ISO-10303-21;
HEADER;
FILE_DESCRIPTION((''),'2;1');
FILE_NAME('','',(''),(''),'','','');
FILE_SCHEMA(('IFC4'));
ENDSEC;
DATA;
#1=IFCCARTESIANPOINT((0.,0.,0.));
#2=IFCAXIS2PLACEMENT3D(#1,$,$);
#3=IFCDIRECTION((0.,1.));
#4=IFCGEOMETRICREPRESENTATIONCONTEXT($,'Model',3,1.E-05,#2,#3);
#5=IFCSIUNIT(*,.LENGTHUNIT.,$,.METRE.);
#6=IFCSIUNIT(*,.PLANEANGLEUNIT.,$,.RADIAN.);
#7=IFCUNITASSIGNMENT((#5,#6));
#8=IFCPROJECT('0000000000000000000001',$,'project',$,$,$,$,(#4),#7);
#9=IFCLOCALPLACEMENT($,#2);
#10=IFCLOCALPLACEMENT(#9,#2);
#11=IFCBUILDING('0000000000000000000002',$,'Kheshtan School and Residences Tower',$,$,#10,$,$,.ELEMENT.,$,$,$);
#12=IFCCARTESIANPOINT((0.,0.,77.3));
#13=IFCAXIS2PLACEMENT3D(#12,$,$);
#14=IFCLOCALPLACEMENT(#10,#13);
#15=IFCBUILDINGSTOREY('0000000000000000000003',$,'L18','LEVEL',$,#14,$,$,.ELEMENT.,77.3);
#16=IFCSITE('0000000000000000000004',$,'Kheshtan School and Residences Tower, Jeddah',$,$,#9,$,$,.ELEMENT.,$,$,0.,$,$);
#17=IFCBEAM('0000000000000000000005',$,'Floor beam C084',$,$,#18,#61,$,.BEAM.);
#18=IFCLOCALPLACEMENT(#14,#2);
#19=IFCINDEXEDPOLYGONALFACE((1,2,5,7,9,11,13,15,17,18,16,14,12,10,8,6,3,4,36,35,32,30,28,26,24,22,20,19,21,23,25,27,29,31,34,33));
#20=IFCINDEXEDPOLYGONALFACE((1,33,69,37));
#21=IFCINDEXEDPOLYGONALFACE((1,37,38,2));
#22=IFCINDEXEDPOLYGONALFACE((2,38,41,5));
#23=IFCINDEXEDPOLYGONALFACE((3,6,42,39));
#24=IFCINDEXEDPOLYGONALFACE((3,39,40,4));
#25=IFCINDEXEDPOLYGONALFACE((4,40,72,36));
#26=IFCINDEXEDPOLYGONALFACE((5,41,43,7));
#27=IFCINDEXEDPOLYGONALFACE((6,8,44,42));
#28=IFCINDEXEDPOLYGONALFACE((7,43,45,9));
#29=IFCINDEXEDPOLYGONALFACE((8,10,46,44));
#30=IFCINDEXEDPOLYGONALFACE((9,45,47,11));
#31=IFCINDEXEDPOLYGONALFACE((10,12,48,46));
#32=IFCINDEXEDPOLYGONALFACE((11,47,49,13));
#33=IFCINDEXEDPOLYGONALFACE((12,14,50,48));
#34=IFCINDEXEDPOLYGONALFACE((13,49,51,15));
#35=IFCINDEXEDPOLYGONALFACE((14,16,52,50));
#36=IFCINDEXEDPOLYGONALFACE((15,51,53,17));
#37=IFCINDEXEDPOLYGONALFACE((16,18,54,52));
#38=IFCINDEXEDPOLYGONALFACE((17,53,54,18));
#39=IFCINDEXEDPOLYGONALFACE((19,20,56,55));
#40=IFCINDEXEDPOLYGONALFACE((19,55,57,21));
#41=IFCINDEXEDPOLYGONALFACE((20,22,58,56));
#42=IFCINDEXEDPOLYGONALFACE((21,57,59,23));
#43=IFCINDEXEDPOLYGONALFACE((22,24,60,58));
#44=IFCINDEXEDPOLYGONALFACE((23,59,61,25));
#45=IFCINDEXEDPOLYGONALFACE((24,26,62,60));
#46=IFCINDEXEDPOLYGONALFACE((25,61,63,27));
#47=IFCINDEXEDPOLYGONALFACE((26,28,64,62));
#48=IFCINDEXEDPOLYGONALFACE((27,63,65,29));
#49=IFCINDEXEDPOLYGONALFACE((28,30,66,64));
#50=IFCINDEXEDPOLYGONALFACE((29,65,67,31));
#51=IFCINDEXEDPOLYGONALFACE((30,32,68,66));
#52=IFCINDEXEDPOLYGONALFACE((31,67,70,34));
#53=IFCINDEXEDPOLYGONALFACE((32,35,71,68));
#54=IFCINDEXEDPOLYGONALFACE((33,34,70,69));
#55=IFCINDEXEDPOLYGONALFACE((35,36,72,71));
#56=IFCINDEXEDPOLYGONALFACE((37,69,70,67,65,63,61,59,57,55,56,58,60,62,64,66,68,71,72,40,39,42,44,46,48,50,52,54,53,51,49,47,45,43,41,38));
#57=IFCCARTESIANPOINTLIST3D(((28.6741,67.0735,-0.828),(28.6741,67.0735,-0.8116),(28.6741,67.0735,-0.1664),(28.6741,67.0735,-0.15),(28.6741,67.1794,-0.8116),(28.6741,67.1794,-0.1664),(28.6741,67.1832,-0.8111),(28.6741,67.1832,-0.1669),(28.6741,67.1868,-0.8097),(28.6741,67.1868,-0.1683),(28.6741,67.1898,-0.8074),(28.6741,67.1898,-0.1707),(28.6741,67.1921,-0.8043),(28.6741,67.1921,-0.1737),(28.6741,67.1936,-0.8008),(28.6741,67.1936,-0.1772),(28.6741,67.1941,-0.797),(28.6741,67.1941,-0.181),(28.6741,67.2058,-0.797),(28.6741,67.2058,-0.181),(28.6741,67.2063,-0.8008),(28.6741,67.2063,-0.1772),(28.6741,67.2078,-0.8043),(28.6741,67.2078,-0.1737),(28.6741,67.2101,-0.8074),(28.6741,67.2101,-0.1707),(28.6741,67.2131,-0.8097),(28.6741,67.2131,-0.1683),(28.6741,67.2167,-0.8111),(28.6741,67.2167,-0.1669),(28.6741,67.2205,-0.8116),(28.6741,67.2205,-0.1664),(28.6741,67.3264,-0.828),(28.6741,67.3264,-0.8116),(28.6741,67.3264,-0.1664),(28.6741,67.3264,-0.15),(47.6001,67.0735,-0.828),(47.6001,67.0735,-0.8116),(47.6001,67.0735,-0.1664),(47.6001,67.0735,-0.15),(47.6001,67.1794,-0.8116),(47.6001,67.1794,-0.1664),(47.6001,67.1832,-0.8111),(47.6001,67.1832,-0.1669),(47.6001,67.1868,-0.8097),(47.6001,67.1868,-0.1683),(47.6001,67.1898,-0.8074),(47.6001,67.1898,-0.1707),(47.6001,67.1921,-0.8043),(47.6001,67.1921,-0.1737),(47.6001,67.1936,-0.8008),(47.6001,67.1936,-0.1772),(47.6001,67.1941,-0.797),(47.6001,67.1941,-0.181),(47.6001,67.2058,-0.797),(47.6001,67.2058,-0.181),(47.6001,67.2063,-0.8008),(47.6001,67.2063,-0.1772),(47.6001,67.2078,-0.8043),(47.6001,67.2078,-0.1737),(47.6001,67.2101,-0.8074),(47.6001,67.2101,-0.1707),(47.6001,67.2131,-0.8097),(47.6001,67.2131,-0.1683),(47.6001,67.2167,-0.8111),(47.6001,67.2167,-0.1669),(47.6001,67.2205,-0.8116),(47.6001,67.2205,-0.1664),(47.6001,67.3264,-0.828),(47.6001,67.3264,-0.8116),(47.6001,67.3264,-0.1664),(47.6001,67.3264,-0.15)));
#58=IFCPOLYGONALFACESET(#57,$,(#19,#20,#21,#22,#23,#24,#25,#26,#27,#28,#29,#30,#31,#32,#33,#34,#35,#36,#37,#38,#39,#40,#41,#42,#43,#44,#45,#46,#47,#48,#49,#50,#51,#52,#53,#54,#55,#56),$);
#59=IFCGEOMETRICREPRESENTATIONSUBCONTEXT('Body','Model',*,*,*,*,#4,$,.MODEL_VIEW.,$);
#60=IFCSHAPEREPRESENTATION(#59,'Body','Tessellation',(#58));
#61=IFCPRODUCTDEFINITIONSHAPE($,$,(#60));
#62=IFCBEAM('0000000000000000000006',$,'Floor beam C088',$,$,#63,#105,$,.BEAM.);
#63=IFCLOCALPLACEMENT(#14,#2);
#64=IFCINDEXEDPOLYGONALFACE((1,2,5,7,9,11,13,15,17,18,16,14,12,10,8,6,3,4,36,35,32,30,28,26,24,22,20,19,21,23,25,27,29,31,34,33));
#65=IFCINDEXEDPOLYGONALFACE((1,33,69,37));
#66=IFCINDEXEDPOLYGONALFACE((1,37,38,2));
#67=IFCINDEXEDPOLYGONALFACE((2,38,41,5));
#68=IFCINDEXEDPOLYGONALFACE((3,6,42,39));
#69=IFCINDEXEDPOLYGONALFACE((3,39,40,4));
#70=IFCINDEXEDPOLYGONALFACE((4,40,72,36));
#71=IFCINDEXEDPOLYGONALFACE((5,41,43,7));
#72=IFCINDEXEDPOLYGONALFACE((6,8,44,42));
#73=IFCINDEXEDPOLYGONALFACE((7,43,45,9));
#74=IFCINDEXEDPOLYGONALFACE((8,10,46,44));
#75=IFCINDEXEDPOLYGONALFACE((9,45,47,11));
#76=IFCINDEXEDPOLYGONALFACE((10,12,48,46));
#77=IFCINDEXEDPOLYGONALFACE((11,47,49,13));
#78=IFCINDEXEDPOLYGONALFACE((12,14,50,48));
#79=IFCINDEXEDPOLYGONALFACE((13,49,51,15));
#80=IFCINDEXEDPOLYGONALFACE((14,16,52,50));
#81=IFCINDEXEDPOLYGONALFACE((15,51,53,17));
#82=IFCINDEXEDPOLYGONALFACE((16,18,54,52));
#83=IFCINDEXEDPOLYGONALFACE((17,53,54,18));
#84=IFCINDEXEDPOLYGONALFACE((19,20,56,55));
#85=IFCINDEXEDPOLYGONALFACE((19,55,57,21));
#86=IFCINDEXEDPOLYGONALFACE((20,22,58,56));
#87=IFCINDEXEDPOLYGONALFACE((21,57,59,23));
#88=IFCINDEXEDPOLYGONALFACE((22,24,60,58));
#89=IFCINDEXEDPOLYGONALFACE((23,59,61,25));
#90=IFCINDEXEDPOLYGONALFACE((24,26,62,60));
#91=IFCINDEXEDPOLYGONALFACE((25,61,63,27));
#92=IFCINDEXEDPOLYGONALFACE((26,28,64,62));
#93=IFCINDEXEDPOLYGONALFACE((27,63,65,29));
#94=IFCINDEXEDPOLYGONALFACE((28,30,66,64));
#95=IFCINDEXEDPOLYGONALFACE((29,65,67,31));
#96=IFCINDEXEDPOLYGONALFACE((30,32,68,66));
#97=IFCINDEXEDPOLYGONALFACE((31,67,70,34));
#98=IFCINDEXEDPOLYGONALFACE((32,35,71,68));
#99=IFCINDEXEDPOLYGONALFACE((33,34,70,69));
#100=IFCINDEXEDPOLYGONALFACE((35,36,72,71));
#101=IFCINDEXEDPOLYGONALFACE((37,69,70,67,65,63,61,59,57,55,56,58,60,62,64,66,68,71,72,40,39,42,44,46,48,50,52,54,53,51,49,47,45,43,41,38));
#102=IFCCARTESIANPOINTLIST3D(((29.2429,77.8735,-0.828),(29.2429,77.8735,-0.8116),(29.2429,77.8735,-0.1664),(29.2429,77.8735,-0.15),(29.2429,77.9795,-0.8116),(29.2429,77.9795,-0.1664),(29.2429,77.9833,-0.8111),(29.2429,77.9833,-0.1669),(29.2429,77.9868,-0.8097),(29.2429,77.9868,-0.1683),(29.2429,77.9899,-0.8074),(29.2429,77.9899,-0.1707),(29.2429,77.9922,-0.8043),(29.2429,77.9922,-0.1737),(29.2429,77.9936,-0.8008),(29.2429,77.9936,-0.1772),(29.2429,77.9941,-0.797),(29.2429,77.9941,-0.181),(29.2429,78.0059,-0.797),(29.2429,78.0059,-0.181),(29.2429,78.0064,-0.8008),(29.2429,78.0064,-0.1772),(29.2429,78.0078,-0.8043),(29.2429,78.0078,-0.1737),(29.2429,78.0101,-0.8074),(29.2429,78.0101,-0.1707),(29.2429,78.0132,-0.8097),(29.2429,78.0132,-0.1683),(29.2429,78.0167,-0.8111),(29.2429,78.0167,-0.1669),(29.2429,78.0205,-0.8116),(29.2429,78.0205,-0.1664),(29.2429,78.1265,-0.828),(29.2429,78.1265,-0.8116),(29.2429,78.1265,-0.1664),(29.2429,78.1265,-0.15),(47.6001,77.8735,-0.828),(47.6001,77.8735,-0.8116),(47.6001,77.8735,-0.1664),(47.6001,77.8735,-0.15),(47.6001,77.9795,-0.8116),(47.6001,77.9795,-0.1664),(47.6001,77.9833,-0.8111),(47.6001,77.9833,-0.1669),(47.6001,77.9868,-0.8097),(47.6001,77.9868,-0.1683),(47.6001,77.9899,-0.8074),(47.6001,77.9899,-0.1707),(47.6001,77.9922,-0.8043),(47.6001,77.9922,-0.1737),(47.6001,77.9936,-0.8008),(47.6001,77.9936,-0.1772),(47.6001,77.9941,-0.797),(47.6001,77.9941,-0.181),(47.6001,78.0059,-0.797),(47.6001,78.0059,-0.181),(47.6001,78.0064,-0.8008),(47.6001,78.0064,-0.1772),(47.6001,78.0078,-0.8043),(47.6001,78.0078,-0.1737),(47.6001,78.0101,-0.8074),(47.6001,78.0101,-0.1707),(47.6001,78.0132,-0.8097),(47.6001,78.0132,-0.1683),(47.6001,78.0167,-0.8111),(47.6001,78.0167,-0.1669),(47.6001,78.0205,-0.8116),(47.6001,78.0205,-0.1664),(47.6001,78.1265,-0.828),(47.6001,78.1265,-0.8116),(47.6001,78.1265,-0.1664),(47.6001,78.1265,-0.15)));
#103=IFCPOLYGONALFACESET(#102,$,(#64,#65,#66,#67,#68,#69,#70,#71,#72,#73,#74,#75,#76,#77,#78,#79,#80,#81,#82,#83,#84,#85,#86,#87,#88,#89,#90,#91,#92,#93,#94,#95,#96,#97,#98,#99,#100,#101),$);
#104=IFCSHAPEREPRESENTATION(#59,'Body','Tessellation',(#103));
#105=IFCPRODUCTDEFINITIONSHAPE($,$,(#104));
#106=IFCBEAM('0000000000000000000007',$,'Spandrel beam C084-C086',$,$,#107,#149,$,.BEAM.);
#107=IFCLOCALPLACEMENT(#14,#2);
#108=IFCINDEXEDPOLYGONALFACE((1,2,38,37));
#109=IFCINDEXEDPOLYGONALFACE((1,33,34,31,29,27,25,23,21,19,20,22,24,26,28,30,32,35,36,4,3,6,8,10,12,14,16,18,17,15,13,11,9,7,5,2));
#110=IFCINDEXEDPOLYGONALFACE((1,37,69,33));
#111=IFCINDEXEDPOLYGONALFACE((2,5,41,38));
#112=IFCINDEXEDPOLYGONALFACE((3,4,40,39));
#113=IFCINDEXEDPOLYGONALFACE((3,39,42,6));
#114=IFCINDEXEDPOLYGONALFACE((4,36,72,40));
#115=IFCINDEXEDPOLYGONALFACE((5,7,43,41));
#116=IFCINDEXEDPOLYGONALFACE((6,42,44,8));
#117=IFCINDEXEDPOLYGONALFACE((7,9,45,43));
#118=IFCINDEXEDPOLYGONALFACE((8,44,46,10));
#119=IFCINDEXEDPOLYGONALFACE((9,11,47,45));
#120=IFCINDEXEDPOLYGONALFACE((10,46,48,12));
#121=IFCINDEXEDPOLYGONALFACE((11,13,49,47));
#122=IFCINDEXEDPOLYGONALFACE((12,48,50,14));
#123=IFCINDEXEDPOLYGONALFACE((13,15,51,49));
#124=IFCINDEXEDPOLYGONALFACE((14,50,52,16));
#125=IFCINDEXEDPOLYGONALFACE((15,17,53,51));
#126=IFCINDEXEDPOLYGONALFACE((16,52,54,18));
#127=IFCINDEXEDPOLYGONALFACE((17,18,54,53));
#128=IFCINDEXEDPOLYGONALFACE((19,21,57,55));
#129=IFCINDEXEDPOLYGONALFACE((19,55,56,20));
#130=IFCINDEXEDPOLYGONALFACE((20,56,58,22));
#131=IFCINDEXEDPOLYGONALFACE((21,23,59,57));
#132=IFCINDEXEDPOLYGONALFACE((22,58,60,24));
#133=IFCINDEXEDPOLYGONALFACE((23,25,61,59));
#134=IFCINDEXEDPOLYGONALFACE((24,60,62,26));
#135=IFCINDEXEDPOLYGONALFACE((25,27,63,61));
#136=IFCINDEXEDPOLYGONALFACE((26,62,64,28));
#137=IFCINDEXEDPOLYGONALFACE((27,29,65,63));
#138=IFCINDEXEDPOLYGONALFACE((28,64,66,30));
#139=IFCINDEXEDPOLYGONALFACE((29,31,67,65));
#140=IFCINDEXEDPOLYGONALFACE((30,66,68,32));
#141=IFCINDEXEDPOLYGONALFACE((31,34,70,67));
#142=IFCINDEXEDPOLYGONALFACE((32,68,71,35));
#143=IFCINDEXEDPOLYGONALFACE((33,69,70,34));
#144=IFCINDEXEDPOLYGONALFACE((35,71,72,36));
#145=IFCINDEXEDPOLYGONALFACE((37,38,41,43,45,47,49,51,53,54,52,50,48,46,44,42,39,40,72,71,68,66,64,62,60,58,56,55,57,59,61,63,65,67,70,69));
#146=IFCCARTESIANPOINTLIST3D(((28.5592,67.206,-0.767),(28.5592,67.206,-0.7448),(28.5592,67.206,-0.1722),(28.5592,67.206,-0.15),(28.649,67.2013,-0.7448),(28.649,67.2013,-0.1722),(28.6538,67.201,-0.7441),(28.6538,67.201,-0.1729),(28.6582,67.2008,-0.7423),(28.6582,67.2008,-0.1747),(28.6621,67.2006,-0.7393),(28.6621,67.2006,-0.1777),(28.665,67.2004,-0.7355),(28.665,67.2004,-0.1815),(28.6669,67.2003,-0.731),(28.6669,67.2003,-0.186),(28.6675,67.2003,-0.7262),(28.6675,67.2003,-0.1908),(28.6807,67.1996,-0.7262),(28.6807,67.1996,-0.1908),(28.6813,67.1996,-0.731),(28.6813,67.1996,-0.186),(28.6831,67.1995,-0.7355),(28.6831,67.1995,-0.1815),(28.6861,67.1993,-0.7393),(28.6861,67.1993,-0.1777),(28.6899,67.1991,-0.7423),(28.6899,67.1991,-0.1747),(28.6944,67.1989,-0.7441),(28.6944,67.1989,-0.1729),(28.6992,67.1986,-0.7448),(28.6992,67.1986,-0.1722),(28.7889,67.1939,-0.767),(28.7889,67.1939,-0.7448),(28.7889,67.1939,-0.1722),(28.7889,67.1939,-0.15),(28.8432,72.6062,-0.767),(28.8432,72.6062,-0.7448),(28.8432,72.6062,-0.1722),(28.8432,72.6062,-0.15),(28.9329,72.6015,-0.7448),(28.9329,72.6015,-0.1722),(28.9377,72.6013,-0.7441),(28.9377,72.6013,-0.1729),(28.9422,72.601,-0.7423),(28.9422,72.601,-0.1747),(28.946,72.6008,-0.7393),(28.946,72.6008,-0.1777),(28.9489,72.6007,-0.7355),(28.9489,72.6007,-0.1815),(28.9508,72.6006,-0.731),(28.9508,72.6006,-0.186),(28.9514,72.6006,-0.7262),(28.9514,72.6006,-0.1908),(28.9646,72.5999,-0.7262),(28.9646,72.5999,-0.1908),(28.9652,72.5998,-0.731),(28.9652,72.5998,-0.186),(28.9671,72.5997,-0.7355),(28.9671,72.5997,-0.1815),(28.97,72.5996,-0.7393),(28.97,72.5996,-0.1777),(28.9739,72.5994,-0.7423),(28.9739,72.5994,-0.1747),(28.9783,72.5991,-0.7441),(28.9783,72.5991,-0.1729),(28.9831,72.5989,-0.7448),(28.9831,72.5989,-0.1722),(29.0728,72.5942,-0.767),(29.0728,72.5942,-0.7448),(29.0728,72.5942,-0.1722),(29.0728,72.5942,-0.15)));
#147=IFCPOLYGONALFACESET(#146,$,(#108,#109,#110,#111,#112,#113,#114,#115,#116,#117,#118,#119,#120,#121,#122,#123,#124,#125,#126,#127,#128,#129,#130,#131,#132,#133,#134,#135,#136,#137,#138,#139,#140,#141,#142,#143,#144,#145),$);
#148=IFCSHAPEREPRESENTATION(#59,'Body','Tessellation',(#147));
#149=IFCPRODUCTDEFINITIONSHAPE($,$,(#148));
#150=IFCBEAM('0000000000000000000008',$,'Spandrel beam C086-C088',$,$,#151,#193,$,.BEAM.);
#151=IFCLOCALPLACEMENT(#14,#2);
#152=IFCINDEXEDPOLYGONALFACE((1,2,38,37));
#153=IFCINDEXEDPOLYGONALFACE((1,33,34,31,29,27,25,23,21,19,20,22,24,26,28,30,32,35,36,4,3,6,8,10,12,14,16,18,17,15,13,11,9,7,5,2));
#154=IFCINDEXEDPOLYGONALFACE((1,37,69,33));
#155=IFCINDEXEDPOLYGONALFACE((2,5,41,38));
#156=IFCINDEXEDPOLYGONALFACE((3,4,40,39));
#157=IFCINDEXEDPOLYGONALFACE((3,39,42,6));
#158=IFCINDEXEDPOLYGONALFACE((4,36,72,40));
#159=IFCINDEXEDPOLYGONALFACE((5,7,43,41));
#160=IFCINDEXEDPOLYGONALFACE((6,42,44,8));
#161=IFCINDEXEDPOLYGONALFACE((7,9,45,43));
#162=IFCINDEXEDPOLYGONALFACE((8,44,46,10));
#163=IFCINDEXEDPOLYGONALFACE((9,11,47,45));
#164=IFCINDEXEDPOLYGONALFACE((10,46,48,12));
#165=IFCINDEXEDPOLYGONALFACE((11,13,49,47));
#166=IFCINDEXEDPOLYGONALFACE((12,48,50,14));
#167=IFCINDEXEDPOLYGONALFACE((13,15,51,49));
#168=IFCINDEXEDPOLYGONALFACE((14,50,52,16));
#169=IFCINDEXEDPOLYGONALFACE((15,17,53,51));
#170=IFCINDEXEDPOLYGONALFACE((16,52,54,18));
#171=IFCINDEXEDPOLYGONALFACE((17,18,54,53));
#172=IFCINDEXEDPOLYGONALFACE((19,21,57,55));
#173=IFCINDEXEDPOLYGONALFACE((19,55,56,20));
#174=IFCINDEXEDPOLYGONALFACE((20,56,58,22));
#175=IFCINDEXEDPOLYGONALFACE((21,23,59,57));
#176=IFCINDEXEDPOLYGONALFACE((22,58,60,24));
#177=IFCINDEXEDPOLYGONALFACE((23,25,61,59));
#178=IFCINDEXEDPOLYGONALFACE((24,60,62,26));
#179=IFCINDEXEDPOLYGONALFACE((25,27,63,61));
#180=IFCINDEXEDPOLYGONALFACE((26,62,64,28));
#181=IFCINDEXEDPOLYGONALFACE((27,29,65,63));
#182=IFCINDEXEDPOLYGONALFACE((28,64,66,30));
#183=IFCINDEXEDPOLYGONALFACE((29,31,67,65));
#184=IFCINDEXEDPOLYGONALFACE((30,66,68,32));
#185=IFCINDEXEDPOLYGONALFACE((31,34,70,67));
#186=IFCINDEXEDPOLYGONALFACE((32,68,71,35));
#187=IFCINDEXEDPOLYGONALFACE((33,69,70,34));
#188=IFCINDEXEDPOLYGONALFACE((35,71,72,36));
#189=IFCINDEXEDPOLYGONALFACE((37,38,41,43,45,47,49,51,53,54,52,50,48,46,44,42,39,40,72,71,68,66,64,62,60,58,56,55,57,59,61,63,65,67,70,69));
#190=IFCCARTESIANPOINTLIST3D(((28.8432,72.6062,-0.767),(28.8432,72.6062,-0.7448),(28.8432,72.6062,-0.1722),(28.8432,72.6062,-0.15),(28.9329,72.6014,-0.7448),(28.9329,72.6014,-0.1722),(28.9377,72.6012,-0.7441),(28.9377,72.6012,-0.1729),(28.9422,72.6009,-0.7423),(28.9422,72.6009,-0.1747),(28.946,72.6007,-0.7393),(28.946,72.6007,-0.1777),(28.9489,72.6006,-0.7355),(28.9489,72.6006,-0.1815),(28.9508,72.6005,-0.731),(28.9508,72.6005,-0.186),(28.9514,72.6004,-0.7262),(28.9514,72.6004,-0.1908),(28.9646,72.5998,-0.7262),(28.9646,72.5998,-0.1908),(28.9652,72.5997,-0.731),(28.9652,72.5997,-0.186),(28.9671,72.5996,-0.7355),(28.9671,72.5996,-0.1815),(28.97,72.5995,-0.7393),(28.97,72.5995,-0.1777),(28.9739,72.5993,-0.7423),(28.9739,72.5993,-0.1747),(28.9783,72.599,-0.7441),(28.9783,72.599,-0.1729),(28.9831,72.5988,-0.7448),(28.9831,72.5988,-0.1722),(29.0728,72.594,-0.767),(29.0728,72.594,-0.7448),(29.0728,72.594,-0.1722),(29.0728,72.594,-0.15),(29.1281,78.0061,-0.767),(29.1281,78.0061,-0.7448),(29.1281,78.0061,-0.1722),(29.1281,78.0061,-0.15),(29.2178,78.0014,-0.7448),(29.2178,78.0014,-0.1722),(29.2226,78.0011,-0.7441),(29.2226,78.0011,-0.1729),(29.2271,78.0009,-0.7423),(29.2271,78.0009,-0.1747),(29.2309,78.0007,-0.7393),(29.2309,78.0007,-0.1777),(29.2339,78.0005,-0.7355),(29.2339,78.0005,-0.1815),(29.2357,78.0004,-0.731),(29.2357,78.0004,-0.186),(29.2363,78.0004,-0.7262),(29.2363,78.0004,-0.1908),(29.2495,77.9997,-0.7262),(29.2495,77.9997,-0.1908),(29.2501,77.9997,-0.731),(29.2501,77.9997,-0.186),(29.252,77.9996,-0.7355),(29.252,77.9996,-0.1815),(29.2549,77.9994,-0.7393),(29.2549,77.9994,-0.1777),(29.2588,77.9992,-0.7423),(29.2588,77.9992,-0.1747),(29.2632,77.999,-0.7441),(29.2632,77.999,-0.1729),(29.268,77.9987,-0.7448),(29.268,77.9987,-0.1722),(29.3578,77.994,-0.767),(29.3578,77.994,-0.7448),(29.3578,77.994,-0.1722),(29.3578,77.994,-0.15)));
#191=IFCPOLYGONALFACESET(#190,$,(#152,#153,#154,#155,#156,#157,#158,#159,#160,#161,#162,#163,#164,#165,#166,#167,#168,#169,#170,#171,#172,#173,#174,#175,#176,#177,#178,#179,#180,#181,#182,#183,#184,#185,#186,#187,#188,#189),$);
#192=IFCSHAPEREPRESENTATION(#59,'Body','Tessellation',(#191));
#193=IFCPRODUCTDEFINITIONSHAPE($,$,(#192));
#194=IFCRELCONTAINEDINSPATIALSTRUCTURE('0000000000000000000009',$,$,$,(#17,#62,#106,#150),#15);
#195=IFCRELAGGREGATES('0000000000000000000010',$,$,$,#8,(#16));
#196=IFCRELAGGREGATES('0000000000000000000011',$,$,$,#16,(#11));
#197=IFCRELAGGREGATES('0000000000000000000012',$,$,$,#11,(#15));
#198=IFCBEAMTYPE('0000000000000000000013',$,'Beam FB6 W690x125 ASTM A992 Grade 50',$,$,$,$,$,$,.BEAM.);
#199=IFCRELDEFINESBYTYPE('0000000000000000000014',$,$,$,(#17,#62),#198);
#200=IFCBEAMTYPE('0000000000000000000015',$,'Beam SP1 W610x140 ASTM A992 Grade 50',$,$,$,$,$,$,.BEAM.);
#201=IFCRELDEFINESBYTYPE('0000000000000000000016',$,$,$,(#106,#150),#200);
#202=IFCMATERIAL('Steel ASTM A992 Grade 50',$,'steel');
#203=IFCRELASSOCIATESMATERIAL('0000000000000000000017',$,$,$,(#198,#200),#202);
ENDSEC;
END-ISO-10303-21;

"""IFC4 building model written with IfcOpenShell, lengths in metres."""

from ifc_helpers import new_model, si_unit, direction, frame, origin, origin_2d, place, context, subcontext, project, spatial, i_section, extrude, material, material_profile, profile_set, type_object, element, save


model = new_model("IFC4")

# Units and contexts
model_context = context("Model", 3, precision=1e-05, world=origin(), true_north=direction((0.0, 1.0)))
body_context = subcontext(model_context, "Body", "Model", "MODEL_VIEW")
ifc_project = project(units=[si_unit("LENGTHUNIT", "METRE"), si_unit("PLANEANGLEUNIT", "RADIAN")], contexts=[model_context])

# Site, building, storey
site_placement = place(None, origin())
site = spatial("IfcSite", under=ifc_project, at=site_placement, Name="Kheshtan School and Residences Tower, Jeddah", CompositionType="ELEMENT", RefElevation=0.0)
building_placement = place(site_placement, origin())
building = spatial("IfcBuilding", under=site, at=building_placement, Name="Kheshtan School and Residences Tower", CompositionType="ELEMENT")
storey_placement = place(building_placement, frame((0.0, 0.0, 77.3)))
storey = spatial("IfcBuildingStorey", under=building, at=storey_placement, Name="L18", Description="LEVEL", CompositionType="ELEMENT", Elevation=77.3)

# Shared definitions
ifc_material_1 = material(Name="Steel ASTM A992 Grade 50", Category="steel")

# Beams
ifc_material_profile_1 = material_profile(ifc_material_1, i_section(OverallWidth=0.2529, OverallDepth=0.678, WebThickness=0.0117, FlangeThickness=0.0164, FilletRadius=0.0146, at=origin_2d()), Name="W690x125")
ifc_profile_set_1 = profile_set([ifc_material_profile_1], Name="Steel ASTM A992 Grade 50")
beam_type_1 = type_object("IfcBeamType", Name="Beam FB6 W690x125 ASTM A992 Grade 50", PredefinedType="BEAM", material=ifc_profile_set_1)
beam_1_placement = place(storey_placement, frame((28.6741, 67.2, -0.489), z_axis=(1.0, 0.0, 0.0), x_axis=(0.0, 1.0, 0.0)))
element("IfcBeam", 1, at=beam_1_placement, inside=storey, type_object=beam_type_1, Name="Floor beam C084", PredefinedType="BEAM", context=body_context, shape_type="SweptSolid", body=[
    extrude(i_section(OverallWidth=0.2529, OverallDepth=0.678, WebThickness=0.0117, FlangeThickness=0.0164, FilletRadius=0.0146, at=origin_2d()), origin(), (0.0, 0.0, 1.0), 18.926),
])
beam_2_placement = place(storey_placement, frame((29.2429, 78.0, -0.489), z_axis=(1.0, 0.0, 0.0), x_axis=(0.0, 1.0, 0.0)))
element("IfcBeam", 2, at=beam_2_placement, inside=storey, type_object=beam_type_1, Name="Floor beam C088", PredefinedType="BEAM", context=body_context, shape_type="SweptSolid", body=[
    extrude(i_section(OverallWidth=0.2529, OverallDepth=0.678, WebThickness=0.0117, FlangeThickness=0.0164, FilletRadius=0.0146, at=origin_2d()), origin(), (0.0, 0.0, 1.0), 18.3572),
])
ifc_material_profile_2 = material_profile(ifc_material_1, i_section(OverallWidth=0.23, OverallDepth=0.6169, WebThickness=0.0132, FlangeThickness=0.0222, FilletRadius=0.0186, at=origin_2d()), Name="W610x140")
ifc_profile_set_2 = profile_set([ifc_material_profile_2], Name="Steel ASTM A992 Grade 50")
beam_type_2 = type_object("IfcBeamType", Name="Beam SP1 W610x140 ASTM A992 Grade 50", PredefinedType="BEAM", material=ifc_profile_set_2)
beam_3_placement = place(storey_placement, frame((28.6741, 67.2, -0.4585), z_axis=(0.052507, 0.998621, 0.0), x_axis=(-0.998621, 0.052507, 0.0)))
element("IfcBeam", 3, at=beam_3_placement, inside=storey, type_object=beam_type_2, Name="Spandrel beam C084-C086", PredefinedType="BEAM", context=body_context, shape_type="SweptSolid", body=[
    extrude(i_section(OverallWidth=0.23, OverallDepth=0.6169, WebThickness=0.0132, FlangeThickness=0.0222, FilletRadius=0.0186, at=origin_2d()), origin(), (0.0, 0.0, 1.0), 5.4077),
])
for number, where, z_axis, x_axis, name in (
    (4, (28.958, 72.6001, -0.4585), (0.052689, 0.998611, 0.0), (-0.998611, 0.052689, 0.0), "Spandrel beam C086-C088"),
):
    element("IfcBeam", number, at=place(storey_placement, frame(where, z_axis=z_axis, x_axis=x_axis)), inside=storey, type_object=beam_type_2, Name=name, PredefinedType="BEAM", context=body_context, shape_type="SweptSolid", body=[
        extrude(i_section(OverallWidth=0.23, OverallDepth=0.6169, WebThickness=0.0132, FlangeThickness=0.0222, FilletRadius=0.0186, at=origin_2d()), origin(), (0.0, 0.0, 1.0), 5.4075),
    ])

save(model, "model.ifc")
